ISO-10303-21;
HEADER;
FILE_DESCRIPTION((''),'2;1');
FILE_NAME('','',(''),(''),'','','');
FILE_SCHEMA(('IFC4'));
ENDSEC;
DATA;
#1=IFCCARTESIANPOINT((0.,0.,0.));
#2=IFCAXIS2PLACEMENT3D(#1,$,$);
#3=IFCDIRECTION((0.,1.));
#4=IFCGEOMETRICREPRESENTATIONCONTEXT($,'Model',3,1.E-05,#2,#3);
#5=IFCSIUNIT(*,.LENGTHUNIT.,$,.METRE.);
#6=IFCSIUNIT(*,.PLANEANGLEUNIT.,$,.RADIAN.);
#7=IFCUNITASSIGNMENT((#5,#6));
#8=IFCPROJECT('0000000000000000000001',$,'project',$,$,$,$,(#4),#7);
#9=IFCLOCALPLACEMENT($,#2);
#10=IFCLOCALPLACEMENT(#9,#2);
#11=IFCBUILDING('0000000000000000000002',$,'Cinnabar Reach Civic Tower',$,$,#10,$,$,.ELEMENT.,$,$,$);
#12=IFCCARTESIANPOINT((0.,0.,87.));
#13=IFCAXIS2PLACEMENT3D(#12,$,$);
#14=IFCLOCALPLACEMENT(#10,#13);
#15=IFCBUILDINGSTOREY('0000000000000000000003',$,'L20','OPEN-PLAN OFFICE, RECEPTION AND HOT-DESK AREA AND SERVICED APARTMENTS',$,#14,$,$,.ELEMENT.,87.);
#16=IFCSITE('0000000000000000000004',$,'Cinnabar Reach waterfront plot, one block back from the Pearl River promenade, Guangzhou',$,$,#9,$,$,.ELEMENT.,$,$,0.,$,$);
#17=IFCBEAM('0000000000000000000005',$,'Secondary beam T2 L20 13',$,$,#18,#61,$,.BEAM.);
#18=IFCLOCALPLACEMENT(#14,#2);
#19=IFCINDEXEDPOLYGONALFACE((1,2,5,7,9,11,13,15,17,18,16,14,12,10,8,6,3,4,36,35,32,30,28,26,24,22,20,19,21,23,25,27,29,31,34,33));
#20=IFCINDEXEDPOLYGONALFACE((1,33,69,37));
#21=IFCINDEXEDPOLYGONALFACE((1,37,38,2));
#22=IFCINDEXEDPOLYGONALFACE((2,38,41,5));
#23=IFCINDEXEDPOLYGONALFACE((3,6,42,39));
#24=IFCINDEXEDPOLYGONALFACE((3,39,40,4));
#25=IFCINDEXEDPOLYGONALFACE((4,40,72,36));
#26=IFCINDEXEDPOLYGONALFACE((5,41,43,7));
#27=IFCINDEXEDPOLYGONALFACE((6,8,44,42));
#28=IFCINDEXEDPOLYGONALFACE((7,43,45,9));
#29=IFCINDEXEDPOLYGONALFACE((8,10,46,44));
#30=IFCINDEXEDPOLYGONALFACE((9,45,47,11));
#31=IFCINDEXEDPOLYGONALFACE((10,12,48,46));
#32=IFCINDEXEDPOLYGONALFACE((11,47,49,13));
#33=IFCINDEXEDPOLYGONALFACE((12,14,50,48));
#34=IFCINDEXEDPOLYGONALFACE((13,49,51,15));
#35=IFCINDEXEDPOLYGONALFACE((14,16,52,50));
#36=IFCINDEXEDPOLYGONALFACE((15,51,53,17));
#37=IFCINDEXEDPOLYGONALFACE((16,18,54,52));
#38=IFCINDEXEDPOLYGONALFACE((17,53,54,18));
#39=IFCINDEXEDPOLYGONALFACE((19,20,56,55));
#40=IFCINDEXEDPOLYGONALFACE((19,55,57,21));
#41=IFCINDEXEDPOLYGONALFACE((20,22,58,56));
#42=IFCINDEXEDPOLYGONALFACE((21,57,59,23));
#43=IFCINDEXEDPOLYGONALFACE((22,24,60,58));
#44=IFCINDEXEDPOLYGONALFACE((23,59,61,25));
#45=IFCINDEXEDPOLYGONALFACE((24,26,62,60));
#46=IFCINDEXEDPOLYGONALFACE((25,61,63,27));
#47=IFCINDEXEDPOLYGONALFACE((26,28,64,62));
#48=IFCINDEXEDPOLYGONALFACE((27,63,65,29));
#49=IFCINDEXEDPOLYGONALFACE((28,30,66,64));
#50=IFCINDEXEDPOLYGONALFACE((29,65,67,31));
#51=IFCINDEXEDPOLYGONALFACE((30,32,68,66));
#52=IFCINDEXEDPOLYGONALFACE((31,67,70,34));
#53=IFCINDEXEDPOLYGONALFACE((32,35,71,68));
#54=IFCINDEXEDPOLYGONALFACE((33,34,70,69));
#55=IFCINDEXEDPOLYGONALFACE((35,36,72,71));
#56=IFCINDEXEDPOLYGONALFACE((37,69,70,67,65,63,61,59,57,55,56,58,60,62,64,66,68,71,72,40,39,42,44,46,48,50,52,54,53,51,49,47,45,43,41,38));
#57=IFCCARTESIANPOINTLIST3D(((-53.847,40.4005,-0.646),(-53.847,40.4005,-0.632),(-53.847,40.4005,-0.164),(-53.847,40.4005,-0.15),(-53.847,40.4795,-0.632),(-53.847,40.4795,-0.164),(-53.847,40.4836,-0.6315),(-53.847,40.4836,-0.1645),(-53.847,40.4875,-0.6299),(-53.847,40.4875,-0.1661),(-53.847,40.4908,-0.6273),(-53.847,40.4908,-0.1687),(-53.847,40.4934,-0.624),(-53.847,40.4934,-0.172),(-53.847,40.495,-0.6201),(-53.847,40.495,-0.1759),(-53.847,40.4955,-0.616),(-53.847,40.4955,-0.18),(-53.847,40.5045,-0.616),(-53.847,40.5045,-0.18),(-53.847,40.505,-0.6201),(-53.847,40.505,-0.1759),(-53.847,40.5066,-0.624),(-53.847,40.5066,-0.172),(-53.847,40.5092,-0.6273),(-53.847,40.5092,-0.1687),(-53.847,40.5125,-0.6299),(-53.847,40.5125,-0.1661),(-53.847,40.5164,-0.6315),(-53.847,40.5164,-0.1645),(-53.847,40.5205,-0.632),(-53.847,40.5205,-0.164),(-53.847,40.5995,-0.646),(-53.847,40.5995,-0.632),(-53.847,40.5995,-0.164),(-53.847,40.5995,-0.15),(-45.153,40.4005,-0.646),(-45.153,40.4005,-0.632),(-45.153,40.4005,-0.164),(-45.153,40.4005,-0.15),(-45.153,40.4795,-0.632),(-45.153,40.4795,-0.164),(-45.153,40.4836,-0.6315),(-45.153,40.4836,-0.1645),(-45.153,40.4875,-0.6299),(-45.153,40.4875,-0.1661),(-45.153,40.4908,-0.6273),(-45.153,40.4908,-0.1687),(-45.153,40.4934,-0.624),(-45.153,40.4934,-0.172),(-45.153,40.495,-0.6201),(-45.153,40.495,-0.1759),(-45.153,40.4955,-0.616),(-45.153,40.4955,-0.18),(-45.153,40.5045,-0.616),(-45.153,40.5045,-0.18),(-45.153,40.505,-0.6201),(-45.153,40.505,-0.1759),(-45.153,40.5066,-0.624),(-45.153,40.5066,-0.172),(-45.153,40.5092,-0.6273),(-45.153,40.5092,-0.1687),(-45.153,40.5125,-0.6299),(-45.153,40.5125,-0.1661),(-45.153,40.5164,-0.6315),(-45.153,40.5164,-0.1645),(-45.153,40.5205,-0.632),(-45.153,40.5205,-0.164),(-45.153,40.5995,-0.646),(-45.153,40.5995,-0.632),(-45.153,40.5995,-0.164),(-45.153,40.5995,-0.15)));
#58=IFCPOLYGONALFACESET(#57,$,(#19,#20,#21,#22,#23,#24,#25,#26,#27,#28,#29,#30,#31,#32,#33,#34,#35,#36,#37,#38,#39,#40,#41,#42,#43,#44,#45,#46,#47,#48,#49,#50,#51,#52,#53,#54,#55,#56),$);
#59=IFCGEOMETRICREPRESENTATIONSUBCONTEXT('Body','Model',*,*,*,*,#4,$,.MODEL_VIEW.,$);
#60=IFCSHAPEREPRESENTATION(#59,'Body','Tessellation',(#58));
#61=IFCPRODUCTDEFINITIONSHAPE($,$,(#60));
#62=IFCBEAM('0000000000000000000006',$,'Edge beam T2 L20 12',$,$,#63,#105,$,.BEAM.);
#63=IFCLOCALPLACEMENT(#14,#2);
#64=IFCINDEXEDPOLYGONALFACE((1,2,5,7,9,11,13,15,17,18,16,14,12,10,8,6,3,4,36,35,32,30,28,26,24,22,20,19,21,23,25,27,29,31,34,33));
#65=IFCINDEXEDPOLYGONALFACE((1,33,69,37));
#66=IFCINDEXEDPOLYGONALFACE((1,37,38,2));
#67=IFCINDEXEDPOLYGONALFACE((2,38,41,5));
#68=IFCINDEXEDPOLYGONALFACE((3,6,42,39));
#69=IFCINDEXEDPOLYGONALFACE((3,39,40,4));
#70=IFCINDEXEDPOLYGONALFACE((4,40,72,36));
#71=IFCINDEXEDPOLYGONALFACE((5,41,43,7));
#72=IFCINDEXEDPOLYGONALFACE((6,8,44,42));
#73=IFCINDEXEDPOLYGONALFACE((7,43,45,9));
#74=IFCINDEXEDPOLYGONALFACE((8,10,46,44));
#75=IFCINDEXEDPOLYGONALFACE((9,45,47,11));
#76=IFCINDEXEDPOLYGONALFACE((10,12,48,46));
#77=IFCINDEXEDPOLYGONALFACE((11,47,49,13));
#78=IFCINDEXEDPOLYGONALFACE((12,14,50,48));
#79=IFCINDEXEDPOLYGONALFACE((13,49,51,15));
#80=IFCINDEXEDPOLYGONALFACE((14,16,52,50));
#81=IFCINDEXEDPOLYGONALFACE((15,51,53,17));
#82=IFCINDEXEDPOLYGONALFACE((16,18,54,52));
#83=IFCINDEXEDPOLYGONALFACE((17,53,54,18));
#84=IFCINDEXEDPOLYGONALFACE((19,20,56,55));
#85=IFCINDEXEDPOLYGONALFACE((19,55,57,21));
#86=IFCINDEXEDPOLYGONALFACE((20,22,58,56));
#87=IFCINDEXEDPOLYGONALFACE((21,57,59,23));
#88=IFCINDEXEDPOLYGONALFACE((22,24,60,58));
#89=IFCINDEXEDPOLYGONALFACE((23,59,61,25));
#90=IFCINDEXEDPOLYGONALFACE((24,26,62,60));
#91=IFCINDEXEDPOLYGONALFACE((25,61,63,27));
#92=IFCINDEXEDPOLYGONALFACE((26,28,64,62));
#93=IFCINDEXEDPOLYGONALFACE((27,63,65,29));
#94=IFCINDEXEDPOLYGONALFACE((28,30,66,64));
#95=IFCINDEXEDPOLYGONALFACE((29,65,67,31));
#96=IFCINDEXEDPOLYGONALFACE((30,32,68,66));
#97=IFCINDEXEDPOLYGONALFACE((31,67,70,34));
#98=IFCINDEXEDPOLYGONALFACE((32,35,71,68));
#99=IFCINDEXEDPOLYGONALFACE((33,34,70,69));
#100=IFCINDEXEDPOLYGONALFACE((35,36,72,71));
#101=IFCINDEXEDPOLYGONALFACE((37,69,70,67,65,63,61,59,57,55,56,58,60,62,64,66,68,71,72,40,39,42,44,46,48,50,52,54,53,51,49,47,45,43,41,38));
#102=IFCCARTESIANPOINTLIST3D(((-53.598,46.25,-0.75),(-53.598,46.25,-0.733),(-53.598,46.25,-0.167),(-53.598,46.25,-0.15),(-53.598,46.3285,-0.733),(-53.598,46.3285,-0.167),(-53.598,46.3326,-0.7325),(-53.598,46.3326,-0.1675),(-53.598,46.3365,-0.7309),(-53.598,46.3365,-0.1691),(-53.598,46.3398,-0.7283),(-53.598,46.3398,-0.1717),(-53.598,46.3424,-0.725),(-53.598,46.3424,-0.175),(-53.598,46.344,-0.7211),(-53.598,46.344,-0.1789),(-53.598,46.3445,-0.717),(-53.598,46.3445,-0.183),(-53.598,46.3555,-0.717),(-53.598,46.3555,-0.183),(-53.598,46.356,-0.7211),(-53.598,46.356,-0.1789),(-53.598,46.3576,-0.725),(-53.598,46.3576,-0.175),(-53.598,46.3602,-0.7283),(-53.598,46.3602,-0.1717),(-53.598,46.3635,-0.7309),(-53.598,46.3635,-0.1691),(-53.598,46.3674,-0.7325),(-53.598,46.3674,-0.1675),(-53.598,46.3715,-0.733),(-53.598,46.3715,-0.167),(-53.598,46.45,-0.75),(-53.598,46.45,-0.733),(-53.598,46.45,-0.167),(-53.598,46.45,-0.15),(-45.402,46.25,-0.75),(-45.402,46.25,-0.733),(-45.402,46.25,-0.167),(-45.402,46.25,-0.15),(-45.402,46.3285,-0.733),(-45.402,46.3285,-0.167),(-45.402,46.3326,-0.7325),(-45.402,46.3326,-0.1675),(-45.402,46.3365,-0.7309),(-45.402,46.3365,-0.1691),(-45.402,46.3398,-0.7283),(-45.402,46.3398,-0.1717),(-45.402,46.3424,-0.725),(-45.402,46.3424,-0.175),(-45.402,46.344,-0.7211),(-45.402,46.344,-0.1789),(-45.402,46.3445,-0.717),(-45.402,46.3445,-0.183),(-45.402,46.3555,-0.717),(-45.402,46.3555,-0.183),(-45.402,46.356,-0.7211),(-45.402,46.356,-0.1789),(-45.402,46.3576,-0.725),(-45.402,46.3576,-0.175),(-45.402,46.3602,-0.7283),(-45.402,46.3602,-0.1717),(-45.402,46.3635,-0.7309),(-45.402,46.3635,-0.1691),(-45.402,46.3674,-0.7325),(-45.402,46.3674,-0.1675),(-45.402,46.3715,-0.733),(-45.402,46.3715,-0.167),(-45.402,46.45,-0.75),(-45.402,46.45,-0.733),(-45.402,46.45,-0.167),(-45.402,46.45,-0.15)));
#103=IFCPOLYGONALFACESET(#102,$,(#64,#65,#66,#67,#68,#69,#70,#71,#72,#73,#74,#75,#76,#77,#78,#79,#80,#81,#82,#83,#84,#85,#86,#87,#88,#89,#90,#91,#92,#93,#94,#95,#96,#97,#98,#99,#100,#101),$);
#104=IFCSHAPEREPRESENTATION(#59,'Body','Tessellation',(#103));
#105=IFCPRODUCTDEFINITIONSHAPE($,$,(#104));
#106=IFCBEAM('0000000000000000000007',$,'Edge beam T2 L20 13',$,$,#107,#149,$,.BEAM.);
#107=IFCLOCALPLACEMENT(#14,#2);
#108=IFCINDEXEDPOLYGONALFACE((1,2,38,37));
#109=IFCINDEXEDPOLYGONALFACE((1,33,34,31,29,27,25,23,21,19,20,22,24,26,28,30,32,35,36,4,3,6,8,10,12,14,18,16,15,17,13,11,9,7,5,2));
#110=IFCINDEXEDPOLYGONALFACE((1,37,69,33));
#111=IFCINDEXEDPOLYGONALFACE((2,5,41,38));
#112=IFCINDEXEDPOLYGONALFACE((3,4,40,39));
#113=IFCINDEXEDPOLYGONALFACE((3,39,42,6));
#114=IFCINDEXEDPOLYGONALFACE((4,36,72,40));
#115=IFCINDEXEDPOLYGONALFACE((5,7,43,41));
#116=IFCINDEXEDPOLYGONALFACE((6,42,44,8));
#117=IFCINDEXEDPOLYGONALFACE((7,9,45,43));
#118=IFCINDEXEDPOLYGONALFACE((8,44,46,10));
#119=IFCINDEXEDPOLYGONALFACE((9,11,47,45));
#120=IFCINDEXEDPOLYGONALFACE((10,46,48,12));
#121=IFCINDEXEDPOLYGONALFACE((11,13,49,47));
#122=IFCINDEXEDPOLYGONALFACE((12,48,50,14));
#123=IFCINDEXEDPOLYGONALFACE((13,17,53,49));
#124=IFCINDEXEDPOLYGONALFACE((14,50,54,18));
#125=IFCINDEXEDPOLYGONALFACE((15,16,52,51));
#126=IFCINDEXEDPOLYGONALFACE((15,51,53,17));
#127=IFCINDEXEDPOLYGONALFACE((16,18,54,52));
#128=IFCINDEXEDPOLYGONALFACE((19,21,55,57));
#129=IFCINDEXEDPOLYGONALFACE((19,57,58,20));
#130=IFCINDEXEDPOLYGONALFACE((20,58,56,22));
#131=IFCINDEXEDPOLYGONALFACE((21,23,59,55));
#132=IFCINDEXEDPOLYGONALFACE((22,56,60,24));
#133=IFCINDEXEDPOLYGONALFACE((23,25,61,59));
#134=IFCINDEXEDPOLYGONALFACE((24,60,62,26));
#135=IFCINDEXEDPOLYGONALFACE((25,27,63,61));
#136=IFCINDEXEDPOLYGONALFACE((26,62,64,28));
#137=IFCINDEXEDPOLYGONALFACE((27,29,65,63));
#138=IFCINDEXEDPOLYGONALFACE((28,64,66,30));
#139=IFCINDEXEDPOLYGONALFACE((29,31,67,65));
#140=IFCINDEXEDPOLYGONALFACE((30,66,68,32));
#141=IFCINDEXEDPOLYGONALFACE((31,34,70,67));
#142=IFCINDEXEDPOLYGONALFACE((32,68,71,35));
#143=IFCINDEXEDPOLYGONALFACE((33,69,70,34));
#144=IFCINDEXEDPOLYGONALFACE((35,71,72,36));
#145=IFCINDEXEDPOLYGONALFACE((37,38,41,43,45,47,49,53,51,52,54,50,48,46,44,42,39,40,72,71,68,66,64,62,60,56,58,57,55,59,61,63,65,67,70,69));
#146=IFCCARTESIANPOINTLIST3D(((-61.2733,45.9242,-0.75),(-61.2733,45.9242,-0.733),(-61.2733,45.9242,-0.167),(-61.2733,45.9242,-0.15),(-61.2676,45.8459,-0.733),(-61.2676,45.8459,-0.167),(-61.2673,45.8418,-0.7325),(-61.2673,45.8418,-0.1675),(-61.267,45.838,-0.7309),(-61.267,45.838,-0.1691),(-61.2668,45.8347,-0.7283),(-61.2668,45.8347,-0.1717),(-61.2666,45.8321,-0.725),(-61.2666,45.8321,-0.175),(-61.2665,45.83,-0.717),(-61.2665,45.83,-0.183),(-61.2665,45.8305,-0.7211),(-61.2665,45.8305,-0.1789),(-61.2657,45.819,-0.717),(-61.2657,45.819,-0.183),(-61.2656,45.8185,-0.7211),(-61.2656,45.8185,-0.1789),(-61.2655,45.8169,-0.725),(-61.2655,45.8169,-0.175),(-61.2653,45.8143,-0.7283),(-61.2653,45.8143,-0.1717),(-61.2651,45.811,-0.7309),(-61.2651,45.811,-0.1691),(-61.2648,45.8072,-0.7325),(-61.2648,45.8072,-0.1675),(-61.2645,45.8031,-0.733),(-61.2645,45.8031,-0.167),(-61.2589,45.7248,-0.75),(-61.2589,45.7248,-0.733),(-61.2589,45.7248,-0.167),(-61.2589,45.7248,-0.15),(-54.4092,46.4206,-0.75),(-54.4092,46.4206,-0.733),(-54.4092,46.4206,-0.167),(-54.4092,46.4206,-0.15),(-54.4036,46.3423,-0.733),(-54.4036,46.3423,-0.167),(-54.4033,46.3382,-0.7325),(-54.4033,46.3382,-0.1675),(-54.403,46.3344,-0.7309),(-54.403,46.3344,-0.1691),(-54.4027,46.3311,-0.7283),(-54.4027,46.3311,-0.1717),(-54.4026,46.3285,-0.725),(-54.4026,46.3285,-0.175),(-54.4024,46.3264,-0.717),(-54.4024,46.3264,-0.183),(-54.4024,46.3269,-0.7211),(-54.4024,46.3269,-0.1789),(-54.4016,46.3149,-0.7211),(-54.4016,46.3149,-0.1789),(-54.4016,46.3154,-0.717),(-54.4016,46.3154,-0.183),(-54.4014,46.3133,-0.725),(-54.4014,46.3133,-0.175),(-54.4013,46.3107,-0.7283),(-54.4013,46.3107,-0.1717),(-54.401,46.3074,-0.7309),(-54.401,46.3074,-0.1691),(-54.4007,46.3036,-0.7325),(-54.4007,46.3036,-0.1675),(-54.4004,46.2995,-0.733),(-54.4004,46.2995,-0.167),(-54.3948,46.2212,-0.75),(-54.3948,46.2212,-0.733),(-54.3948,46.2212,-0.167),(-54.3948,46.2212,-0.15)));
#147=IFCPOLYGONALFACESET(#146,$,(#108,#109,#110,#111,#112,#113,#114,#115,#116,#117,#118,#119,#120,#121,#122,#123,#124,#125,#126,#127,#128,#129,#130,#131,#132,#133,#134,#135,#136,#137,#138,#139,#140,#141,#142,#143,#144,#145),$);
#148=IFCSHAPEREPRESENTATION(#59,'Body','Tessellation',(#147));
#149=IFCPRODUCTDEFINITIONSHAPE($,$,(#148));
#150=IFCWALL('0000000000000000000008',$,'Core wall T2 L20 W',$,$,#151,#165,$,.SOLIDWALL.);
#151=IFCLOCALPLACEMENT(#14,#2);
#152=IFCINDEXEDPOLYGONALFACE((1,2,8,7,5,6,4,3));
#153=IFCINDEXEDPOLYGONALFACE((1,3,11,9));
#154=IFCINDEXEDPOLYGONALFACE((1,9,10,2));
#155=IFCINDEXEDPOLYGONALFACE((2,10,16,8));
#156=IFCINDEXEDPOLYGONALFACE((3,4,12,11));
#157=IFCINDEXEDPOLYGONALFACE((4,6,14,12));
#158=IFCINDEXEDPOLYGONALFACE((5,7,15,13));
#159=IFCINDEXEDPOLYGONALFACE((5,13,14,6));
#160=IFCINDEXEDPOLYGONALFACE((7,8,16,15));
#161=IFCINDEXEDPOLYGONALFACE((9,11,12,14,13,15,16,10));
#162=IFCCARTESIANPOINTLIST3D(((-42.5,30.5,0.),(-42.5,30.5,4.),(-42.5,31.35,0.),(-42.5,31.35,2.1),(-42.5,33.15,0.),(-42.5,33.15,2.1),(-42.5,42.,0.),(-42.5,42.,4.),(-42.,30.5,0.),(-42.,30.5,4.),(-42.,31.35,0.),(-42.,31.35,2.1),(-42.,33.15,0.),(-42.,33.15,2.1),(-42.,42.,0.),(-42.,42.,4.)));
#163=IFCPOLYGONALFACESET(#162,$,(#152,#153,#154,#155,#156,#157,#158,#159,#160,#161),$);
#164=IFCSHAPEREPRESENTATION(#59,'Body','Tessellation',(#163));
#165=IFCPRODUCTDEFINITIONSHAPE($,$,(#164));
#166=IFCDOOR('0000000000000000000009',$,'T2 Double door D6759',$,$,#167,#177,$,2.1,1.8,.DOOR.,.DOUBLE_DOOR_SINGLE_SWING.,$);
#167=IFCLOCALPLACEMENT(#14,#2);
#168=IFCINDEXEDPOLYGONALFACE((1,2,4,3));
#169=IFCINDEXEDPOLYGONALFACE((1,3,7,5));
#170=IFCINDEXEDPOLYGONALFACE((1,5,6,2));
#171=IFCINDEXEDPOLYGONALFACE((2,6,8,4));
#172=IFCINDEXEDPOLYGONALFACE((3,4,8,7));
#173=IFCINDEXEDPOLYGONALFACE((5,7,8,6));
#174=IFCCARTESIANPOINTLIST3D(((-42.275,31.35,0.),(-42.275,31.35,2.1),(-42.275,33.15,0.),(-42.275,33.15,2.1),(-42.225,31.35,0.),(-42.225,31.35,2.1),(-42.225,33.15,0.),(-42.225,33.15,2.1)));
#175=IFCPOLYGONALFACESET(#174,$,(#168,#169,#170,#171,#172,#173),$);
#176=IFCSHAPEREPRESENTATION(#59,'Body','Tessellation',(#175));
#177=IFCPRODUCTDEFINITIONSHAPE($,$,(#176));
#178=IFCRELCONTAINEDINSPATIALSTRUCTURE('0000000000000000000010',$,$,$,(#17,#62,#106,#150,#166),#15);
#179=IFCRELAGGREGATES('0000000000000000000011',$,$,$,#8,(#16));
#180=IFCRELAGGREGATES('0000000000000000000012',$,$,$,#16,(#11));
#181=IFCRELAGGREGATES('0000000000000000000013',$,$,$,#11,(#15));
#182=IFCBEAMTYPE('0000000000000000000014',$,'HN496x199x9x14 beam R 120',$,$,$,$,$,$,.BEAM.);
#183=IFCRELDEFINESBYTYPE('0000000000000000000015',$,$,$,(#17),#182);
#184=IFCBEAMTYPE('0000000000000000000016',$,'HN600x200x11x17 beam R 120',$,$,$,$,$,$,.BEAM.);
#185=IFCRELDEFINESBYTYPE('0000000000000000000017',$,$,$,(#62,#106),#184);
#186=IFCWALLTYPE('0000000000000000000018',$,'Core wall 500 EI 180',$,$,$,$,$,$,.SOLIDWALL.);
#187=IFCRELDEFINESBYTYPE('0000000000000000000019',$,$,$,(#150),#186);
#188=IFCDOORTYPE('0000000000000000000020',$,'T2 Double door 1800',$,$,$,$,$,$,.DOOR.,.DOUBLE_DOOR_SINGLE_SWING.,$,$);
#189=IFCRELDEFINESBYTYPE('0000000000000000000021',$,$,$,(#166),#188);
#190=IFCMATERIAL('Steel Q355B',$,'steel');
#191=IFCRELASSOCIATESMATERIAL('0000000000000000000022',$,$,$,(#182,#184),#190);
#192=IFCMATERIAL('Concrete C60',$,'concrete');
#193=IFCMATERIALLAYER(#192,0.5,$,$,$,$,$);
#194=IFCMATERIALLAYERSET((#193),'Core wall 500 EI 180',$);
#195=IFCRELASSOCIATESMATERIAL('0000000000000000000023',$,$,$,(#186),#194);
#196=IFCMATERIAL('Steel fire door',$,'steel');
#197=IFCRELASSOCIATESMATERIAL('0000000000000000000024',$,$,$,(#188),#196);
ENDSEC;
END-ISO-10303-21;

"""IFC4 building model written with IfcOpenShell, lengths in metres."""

from ifc_helpers import new_model, si_unit, direction, frame, frame_2d, origin, origin_2d, place, context, subcontext, project, spatial, rectangle, i_section, extrude, material, layer, layer_set, material_profile, profile_set, type_object, element, fill, save


model = new_model("IFC4")

# Units and contexts
model_context = context("Model", 3, precision=1e-05, world=origin(), true_north=direction((0.0, 1.0)))
body_context = subcontext(model_context, "Body", "Model", "MODEL_VIEW")
ifc_project = project(units=[si_unit("LENGTHUNIT", "METRE"), si_unit("PLANEANGLEUNIT", "RADIAN")], contexts=[model_context])

# Site, building, storey
site_placement = place(None, origin())
site = spatial("IfcSite", under=ifc_project, at=site_placement, Name="Cinnabar Reach waterfront plot, one block back from the Pearl River promenade, Guangzhou", CompositionType="ELEMENT", RefElevation=0.0)
building_placement = place(site_placement, origin())
building = spatial("IfcBuilding", under=site, at=building_placement, Name="Cinnabar Reach Civic Tower", CompositionType="ELEMENT")
storey_placement = place(building_placement, frame((0.0, 0.0, 87.0)))
storey = spatial("IfcBuildingStorey", under=building, at=storey_placement, Name="L20", Description="OPEN-PLAN OFFICE, RECEPTION AND HOT-DESK AREA AND SERVICED APARTMENTS", CompositionType="ELEMENT", Elevation=87.0)

# Shared definitions
ifc_material_1 = material(Name="Concrete C60", Category="concrete")

# Beams
ifc_material_2 = material(Name="Steel Q355B", Category="steel")
ifc_material_profile_1 = material_profile(ifc_material_2, i_section(OverallWidth=0.199, OverallDepth=0.496, WebThickness=0.009, FlangeThickness=0.014, FilletRadius=0.016, at=origin_2d()), Name="HN496x199x9x14")
ifc_profile_set_1 = profile_set([ifc_material_profile_1], Name="Steel Q355B")
beam_type_1 = type_object("IfcBeamType", Name="HN496x199x9x14 beam R 120", PredefinedType="BEAM", material=ifc_profile_set_1)
beam_1_placement = place(storey_placement, frame((-53.847, 40.5, -0.398), z_axis=(1.0, 0.0, 0.0), x_axis=(0.0, 1.0, 0.0)))
element("IfcBeam", 1, at=beam_1_placement, inside=storey, type_object=beam_type_1, Name="Secondary beam T2 L20 13", PredefinedType="BEAM", context=body_context, shape_type="SweptSolid", body=[
    extrude(i_section(OverallWidth=0.199, OverallDepth=0.496, WebThickness=0.009, FlangeThickness=0.014, FilletRadius=0.016, at=origin_2d()), origin(), (0.0, 0.0, 1.0), 8.694),
])
ifc_material_profile_2 = material_profile(ifc_material_2, i_section(OverallWidth=0.2, OverallDepth=0.6, WebThickness=0.011, FlangeThickness=0.017, FilletRadius=0.016, at=origin_2d()), Name="HN600x200x11x17")
ifc_profile_set_2 = profile_set([ifc_material_profile_2], Name="Steel Q355B")
beam_type_2 = type_object("IfcBeamType", Name="HN600x200x11x17 beam R 120", PredefinedType="BEAM", material=ifc_profile_set_2)
beam_2_placement = place(storey_placement, frame((-45.402, 46.35, -0.45), z_axis=(-1.0, 0.0, 0.0), x_axis=(0.0, -1.0, 0.0)))
element("IfcBeam", 2, at=beam_2_placement, inside=storey, type_object=beam_type_2, Name="Edge beam T2 L20 12", PredefinedType="BEAM", context=body_context, shape_type="SweptSolid", body=[
    extrude(i_section(OverallWidth=0.2, OverallDepth=0.6, WebThickness=0.011, FlangeThickness=0.017, FilletRadius=0.016, at=origin_2d()), origin(), (0.0, 0.0, 1.0), 8.196),
])
beam_3_placement = place(storey_placement, frame((-54.402, 46.3209, -0.45), z_axis=(-0.997395, -0.07213, 0.0), x_axis=(0.07213, -0.997395, 0.0)))
element("IfcBeam", 3, at=beam_3_placement, inside=storey, type_object=beam_type_2, Name="Edge beam T2 L20 13", PredefinedType="BEAM", context=body_context, shape_type="SweptSolid", body=[
    extrude(i_section(OverallWidth=0.2, OverallDepth=0.6, WebThickness=0.011, FlangeThickness=0.017, FilletRadius=0.016, at=origin_2d()), origin(), (0.0, 0.0, 1.0), 6.882),
])

# Wall, opening, door
ifc_layer_1 = layer(ifc_material_1, 0.5)
ifc_layer_set_1 = layer_set([ifc_layer_1], Name="Core wall 500 EI 180")
wall_type_1 = type_object("IfcWallType", Name="Core wall 500 EI 180", PredefinedType="SOLIDWALL", material=ifc_layer_set_1)
wall_1_placement = place(storey_placement, frame((-42.25, 42.0, 0.0), z_axis=(0.0, 0.0, 1.0), x_axis=(0.0, -1.0, 0.0)))
wall_1 = element("IfcWall", 4, at=wall_1_placement, inside=storey, type_object=wall_type_1, Name="Core wall T2 L20 W", PredefinedType="SOLIDWALL", context=body_context, shape_type="SweptSolid", body=[
    extrude(rectangle(XDim=11.5, YDim=0.5, at=frame_2d((5.75, 0.0))), origin(), (0.0, 0.0, 1.0), 4.0),
])
opening_1_placement = place(wall_1_placement, frame((8.85, 0.0, 0.0)))
opening_1 = element("IfcOpeningElement", 5, at=opening_1_placement, cuts=wall_1, PredefinedType="OPENING", context=body_context, shape_type="SweptSolid", body=[
    extrude(rectangle(XDim=1.8, YDim=2.1, at=frame_2d((0.9, 1.05))), frame((0.0, 0.26, 0.0), z_axis=(0.0, -1.0, 0.0), x_axis=(1.0, 0.0, 0.0)), (0.0, 0.0, 1.0), 0.52),
])
ifc_material_3 = material(Name="Steel fire door", Category="steel")
door_type_1 = type_object("IfcDoorType", Name="T2 Double door 1800", OperationType="DOUBLE_DOOR_SINGLE_SWING", PredefinedType="DOOR", material=ifc_material_3)
door_1_placement = place(opening_1_placement, frame((1.8, 0.0, 0.0), z_axis=(0.0, 0.0, 1.0), x_axis=(-1.0, 0.0, 0.0)))
door_1 = element("IfcDoor", 6, at=door_1_placement, inside=storey, type_object=door_type_1, Name="T2 Double door D6759", OperationType="DOUBLE_DOOR_SINGLE_SWING", OverallHeight=2.1, OverallWidth=1.8, PredefinedType="DOOR", context=body_context, shape_type="SweptSolid", body=[
    extrude(rectangle(XDim=1.8, YDim=2.1, at=frame_2d((0.9, 1.05))), frame((0.0, 0.025, 0.0), z_axis=(0.0, -1.0, 0.0), x_axis=(1.0, 0.0, 0.0)), (0.0, 0.0, 1.0), 0.05),
])
fill(opening_1, door_1)

save(model, "model.ifc")
